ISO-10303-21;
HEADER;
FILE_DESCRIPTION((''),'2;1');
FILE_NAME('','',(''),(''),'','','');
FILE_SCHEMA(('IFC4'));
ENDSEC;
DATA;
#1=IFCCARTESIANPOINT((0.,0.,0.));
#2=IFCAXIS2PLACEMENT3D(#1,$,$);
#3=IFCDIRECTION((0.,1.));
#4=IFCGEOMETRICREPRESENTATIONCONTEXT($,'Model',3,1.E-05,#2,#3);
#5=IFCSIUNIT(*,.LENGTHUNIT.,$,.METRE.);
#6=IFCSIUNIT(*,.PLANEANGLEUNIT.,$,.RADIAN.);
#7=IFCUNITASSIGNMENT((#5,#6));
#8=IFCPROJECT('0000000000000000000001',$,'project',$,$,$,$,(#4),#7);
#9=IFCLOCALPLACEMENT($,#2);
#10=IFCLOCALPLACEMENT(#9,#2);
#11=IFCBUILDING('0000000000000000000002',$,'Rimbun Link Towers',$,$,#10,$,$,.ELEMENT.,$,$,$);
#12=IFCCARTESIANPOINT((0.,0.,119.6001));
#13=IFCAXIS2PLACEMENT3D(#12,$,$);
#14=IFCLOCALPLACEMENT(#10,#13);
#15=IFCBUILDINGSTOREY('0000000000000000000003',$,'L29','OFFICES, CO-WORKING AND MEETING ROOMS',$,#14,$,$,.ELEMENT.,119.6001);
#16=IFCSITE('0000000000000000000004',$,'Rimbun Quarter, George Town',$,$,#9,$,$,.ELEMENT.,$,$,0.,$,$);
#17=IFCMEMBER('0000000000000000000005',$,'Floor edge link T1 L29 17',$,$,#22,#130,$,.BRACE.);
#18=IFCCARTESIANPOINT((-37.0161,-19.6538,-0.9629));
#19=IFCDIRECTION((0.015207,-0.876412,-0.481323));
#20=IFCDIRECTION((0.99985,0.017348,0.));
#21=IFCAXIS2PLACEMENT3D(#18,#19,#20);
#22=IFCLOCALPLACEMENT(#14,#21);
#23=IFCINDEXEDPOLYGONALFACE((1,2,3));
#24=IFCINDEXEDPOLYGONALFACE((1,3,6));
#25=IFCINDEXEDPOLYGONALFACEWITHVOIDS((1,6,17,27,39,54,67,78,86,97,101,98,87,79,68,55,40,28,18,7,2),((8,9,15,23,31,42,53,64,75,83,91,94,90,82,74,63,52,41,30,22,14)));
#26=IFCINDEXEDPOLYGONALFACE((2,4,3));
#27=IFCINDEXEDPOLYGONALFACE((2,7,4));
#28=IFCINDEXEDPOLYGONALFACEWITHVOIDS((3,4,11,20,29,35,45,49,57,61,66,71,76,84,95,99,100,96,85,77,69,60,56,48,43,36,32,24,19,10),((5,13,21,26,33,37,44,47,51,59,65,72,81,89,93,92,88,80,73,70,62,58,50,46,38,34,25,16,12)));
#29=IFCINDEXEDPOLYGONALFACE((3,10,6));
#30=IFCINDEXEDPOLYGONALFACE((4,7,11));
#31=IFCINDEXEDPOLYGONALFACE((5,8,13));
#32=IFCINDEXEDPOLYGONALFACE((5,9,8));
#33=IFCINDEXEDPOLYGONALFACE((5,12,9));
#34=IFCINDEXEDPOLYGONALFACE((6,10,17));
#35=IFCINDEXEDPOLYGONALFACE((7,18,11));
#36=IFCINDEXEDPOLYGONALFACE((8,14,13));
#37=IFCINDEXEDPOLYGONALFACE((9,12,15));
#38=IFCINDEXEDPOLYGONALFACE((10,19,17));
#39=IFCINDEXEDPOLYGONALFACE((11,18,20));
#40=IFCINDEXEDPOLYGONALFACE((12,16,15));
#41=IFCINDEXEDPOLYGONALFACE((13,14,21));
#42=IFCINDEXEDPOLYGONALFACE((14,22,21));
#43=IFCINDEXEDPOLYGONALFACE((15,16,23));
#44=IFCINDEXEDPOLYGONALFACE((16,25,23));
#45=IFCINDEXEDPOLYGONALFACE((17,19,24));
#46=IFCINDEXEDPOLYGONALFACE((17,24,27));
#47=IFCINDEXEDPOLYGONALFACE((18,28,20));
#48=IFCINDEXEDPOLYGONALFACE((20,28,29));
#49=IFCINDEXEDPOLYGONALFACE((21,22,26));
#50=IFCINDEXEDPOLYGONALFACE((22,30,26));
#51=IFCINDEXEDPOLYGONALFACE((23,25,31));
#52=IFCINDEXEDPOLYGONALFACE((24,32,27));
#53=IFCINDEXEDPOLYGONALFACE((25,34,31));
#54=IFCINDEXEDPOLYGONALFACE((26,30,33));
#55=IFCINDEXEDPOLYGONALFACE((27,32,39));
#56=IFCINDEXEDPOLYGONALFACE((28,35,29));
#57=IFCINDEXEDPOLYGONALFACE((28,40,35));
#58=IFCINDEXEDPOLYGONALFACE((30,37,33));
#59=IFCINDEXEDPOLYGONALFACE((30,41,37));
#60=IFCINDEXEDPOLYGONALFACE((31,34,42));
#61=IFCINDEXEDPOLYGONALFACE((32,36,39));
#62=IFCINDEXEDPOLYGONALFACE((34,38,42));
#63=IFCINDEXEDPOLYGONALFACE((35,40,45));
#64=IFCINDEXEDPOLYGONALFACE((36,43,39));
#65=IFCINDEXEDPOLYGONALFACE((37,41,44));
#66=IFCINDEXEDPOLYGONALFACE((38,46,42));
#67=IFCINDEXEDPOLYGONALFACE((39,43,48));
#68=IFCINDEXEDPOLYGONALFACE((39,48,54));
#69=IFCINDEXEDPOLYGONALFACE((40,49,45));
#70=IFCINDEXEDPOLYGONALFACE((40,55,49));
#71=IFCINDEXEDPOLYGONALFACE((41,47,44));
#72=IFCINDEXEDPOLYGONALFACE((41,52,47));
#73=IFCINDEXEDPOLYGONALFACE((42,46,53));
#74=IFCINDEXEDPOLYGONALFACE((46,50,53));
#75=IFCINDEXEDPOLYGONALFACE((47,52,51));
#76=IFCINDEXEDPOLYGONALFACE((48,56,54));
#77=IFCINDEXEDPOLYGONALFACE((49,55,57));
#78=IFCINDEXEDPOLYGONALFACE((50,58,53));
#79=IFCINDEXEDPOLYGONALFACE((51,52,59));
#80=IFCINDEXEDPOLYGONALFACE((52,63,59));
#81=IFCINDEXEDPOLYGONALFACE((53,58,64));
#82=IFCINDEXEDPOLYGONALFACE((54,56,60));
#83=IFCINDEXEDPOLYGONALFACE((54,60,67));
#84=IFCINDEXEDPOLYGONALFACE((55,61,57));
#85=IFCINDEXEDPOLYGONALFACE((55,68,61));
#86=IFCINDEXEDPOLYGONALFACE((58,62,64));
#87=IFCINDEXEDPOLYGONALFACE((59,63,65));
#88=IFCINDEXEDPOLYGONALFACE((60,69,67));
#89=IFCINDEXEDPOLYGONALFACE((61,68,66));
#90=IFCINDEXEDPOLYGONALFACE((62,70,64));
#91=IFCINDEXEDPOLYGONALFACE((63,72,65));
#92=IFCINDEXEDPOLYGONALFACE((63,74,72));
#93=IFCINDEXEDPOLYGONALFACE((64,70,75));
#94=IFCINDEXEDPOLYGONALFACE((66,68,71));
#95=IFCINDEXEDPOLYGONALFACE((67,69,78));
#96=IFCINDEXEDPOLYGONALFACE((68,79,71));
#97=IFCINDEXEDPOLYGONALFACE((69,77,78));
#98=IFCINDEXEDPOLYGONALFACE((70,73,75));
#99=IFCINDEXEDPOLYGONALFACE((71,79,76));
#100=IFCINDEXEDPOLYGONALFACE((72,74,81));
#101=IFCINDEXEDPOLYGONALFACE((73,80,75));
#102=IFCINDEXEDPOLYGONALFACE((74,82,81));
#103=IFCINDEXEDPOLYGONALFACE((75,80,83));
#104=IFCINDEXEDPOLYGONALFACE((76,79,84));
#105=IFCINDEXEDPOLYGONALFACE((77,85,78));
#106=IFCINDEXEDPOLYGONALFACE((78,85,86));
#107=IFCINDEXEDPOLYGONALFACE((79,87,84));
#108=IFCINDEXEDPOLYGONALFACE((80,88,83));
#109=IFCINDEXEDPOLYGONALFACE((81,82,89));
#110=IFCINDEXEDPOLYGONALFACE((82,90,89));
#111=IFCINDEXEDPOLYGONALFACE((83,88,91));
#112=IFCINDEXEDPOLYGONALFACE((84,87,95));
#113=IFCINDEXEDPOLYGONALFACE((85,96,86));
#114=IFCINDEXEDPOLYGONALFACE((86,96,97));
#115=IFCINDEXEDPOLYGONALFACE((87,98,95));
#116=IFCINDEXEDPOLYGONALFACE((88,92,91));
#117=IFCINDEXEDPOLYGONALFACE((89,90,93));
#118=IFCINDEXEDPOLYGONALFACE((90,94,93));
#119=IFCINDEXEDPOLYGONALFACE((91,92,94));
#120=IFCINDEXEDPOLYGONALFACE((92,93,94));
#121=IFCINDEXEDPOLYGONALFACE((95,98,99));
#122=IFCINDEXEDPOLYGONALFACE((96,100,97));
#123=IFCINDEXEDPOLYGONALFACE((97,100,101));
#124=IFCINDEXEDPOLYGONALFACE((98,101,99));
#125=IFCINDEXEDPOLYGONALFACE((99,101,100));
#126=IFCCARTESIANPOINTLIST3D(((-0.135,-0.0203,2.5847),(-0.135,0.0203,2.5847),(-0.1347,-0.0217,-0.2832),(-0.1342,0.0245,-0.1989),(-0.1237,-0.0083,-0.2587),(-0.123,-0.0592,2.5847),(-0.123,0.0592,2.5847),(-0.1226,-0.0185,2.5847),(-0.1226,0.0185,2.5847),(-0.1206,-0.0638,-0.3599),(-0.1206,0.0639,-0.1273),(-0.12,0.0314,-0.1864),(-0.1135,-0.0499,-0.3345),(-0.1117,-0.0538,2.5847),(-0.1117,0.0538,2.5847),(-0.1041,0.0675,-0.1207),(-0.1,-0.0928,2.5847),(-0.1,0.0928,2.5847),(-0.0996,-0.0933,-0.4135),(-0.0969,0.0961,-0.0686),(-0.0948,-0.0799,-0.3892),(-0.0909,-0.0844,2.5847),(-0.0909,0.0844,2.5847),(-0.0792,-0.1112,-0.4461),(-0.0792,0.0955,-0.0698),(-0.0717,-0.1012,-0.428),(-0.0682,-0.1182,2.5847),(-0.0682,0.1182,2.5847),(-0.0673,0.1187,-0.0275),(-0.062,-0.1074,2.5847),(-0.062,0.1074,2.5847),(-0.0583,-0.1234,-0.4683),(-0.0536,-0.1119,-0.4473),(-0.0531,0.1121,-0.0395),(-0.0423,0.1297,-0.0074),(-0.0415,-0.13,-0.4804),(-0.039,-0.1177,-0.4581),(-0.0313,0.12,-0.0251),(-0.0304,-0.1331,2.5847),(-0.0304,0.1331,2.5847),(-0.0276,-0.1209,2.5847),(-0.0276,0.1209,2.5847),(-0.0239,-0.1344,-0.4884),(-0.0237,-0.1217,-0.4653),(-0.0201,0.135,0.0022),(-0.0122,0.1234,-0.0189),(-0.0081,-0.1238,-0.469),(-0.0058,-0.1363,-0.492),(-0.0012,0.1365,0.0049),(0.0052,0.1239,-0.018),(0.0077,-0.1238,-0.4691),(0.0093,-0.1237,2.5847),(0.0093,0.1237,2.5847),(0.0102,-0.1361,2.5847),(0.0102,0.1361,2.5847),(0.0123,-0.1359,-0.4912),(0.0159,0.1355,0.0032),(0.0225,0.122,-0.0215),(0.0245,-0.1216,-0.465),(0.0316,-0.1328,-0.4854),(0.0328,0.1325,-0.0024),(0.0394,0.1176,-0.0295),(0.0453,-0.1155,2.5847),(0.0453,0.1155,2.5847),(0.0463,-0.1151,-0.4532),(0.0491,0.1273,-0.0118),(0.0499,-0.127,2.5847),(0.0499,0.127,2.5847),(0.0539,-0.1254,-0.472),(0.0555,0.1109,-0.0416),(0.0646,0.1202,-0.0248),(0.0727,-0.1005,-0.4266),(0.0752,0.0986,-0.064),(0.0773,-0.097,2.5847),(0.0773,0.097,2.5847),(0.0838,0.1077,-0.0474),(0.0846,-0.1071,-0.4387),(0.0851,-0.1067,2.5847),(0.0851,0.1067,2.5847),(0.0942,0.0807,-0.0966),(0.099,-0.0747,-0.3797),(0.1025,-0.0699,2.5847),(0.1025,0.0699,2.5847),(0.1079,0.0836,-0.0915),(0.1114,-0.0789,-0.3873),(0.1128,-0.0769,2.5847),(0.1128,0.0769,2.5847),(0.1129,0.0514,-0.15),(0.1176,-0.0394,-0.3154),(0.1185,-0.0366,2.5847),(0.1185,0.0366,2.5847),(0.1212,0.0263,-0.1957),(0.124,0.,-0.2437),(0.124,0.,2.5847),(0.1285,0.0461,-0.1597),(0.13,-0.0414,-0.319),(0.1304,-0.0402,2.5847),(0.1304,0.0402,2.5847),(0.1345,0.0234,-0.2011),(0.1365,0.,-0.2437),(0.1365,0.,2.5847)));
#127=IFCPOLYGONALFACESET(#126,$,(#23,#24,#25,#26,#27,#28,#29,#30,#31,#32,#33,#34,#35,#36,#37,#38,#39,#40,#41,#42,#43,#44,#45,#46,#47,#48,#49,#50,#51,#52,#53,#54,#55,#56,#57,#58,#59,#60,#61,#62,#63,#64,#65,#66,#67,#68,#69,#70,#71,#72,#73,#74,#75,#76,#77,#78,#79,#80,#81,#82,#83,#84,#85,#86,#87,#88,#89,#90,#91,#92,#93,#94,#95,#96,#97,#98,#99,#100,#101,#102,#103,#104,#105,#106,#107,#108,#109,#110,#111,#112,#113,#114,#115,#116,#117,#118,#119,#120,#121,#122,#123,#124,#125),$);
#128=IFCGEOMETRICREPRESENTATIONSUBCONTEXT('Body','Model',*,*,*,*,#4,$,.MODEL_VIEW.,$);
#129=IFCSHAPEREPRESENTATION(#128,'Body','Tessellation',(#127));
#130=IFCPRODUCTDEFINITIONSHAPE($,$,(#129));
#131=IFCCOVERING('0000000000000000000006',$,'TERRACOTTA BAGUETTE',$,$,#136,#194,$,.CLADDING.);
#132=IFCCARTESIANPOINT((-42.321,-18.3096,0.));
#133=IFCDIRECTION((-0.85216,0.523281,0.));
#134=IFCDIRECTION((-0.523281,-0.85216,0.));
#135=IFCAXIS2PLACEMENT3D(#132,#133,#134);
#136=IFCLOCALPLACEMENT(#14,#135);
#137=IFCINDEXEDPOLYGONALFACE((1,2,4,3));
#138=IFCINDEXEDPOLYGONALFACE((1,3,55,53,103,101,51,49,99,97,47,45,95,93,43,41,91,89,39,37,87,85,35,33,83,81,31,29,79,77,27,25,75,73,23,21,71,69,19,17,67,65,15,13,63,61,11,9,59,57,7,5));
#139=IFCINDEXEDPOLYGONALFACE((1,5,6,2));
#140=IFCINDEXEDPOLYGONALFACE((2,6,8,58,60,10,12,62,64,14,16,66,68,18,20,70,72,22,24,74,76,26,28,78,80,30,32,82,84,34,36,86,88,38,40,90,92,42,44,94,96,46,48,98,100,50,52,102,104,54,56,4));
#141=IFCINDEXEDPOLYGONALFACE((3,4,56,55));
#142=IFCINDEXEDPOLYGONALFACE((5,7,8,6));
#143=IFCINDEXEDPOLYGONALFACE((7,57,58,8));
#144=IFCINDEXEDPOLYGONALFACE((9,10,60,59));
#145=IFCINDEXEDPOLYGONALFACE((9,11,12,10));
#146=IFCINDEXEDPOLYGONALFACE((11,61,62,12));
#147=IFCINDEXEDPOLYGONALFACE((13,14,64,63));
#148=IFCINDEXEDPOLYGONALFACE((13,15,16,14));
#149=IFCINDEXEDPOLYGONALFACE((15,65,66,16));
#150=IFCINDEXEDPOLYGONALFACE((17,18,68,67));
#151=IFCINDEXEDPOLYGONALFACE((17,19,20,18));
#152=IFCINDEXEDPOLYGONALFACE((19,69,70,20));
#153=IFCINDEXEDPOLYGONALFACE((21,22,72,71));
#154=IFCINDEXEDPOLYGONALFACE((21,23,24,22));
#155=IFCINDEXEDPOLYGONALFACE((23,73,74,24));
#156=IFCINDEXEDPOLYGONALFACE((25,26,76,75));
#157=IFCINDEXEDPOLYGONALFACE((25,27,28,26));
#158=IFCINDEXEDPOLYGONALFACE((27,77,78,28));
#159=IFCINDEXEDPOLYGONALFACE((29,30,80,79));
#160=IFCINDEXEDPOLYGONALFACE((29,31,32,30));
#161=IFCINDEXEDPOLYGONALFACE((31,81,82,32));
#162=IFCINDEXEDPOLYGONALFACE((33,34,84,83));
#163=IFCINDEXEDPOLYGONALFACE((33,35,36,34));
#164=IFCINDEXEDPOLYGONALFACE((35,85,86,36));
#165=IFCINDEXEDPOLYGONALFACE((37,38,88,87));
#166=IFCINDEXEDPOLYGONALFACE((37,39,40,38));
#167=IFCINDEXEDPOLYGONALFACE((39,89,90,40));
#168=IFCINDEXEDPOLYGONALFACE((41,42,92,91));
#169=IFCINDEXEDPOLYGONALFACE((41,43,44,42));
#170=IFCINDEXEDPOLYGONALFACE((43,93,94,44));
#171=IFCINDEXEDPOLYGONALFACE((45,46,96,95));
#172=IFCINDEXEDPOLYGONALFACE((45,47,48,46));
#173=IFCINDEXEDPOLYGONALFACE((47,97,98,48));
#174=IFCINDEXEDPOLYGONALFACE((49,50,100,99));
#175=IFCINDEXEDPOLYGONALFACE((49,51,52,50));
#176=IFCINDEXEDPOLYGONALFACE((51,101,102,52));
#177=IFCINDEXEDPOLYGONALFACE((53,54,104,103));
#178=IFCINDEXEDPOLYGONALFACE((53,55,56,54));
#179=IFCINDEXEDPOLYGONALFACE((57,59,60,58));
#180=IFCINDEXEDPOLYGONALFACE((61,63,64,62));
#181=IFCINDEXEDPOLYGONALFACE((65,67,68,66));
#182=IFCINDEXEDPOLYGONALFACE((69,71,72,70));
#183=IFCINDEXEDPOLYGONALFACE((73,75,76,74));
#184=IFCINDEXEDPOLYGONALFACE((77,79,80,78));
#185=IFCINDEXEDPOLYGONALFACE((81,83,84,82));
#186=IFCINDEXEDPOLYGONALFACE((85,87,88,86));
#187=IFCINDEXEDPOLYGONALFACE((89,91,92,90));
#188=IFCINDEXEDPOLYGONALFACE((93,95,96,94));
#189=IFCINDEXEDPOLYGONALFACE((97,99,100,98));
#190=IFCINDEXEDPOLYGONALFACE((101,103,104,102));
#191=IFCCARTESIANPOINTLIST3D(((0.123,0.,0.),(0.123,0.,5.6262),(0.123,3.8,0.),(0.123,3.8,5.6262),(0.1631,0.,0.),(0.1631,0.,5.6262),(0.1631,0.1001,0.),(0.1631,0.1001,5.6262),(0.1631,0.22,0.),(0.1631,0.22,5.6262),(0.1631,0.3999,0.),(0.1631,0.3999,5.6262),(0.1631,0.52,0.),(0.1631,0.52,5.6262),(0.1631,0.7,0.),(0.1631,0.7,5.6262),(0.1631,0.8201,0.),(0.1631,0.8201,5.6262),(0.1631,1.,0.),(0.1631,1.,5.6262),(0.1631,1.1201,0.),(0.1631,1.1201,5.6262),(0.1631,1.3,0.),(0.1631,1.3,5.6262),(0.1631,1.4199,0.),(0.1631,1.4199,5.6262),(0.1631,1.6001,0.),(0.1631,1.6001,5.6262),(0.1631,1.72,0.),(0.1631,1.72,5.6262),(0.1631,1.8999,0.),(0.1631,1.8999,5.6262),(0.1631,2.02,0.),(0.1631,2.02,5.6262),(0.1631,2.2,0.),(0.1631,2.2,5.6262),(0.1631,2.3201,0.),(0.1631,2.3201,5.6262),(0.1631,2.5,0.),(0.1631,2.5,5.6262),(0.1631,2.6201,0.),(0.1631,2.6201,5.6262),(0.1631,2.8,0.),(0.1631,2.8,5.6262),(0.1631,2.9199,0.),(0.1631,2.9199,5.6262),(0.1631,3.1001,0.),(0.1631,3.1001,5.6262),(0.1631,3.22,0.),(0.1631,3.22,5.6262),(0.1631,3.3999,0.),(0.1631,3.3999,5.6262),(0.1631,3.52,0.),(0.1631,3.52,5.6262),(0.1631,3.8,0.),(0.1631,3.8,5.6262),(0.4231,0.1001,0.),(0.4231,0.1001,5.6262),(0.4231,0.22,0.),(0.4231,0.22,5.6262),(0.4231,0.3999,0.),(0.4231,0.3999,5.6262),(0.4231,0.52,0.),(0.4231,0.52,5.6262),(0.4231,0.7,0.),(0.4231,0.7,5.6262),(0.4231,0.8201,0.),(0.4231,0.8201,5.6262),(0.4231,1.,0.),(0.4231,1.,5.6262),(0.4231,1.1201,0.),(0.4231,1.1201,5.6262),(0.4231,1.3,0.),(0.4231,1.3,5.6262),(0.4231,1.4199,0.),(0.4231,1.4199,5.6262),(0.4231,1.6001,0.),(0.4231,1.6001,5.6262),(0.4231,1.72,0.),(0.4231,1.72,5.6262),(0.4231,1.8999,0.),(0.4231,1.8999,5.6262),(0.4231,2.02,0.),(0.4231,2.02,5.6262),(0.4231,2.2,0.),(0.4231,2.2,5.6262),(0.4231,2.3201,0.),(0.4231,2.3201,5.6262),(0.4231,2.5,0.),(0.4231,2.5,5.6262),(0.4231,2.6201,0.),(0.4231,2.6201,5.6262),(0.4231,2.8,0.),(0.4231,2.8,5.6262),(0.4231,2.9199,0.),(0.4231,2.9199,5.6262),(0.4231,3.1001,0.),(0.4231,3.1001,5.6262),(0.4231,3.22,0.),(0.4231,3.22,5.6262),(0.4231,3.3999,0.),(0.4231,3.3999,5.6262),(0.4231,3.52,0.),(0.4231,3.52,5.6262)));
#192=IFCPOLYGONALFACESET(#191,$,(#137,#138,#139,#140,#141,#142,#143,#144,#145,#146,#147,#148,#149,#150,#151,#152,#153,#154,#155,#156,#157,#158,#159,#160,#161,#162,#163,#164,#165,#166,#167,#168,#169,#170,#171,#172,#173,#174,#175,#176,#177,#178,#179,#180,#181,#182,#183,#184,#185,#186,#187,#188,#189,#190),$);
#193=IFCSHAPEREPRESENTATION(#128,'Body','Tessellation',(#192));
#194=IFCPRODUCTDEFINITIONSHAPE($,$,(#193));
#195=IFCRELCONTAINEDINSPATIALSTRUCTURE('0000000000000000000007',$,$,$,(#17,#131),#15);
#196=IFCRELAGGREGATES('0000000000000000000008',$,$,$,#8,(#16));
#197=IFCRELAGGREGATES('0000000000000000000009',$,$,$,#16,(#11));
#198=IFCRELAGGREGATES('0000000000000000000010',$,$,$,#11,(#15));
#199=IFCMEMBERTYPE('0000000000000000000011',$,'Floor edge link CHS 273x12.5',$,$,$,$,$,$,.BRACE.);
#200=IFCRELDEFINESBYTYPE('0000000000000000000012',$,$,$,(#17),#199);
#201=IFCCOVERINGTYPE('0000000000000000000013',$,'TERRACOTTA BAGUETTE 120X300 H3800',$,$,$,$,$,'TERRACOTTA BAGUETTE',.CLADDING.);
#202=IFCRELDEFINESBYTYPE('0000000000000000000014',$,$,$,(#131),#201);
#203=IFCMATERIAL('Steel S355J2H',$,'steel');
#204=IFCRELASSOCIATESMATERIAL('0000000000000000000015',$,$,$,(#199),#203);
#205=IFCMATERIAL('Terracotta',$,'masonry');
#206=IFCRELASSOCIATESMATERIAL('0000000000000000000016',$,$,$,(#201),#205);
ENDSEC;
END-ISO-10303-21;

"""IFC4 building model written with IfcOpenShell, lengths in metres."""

from ifc_helpers import new_model, si_unit, direction, frame, origin, origin_2d, place, context, subcontext, project, spatial, polyline, hollow_circle, outline, extrude, clip, halfspace, material, material_profile, profile_set, type_object, element, save


model = new_model("IFC4")

# Units and contexts
model_context = context("Model", 3, precision=1e-05, world=origin(), true_north=direction((0.0, 1.0)))
body_context = subcontext(model_context, "Body", "Model", "MODEL_VIEW")
ifc_project = project(units=[si_unit("LENGTHUNIT", "METRE"), si_unit("PLANEANGLEUNIT", "RADIAN")], contexts=[model_context])

# Site, building, storey
site_placement = place(None, origin())
site = spatial("IfcSite", under=ifc_project, at=site_placement, Name="Rimbun Quarter, George Town", CompositionType="ELEMENT", RefElevation=0.0)
building_placement = place(site_placement, origin())
building = spatial("IfcBuilding", under=site, at=building_placement, Name="Rimbun Link Towers", CompositionType="ELEMENT")
storey_placement = place(building_placement, frame((0.0, 0.0, 119.6001)))
storey = spatial("IfcBuildingStorey", under=building, at=storey_placement, Name="L29", Description="OFFICES, CO-WORKING AND MEETING ROOMS", CompositionType="ELEMENT", Elevation=119.6001)

# Member
ifc_material_1 = material(Name="Steel S355J2H", Category="steel")
ifc_material_profile_1 = material_profile(ifc_material_1, hollow_circle(Radius=0.1365, WallThickness=0.0125, at=origin_2d()), Name="CHS 273x12.5")
ifc_profile_set_1 = profile_set([ifc_material_profile_1], Name="Steel S355J2H")
member_type_1 = type_object("IfcMemberType", Name="Floor edge link CHS 273x12.5", PredefinedType="BRACE", material=ifc_profile_set_1)
member_1_placement = place(storey_placement, frame((-37.0161, -19.6538, -0.9629), z_axis=(0.015207, -0.876412, -0.481323), x_axis=(0.99985, 0.017348, 0.0)))
element("IfcMember", 1, at=member_1_placement, inside=storey, type_object=member_type_1, Name="Floor edge link T1 L29 17", PredefinedType="BRACE", context=body_context, shape_type="Clipping", body=[
    clip(extrude(hollow_circle(Radius=0.1365, WallThickness=0.0125, at=origin_2d()), frame((0.0, 0.0, -0.5181)), (0.0, 0.0, 1.0), 3.1028), halfspace(frame((0.0, 0.0, -0.2437), z_axis=(0.0, 0.876543, -0.481323)), False)),
])

# Covering
ifc_material_2 = material(Name="Terracotta", Category="masonry")
ifc_material_profile_2 = material_profile(ifc_material_2, outline(polyline([(0.123, 0.0), (0.1631, 0.0), (0.1631, 0.1001), (0.4231, 0.1001), (0.4231, 0.22), (0.1631, 0.22), (0.1631, 0.3999), (0.4231, 0.3999), (0.4231, 0.52), (0.1631, 0.52), (0.1631, 0.7), (0.4231, 0.7), (0.4231, 0.8201), (0.1631, 0.8201), (0.1631, 1.0), (0.4231, 1.0), (0.4231, 1.1201), (0.1631, 1.1201), (0.1631, 1.3), (0.4231, 1.3), (0.4231, 1.4199), (0.1631, 1.4199), (0.1631, 1.6001), (0.4231, 1.6001), (0.4231, 1.72), (0.1631, 1.72), (0.1631, 1.8999), (0.4231, 1.8999), (0.4231, 2.02), (0.1631, 2.02), (0.1631, 2.2), (0.4231, 2.2), (0.4231, 2.3201), (0.1631, 2.3201), (0.1631, 2.5), (0.4231, 2.5), (0.4231, 2.6201), (0.1631, 2.6201), (0.1631, 2.8), (0.4231, 2.8), (0.4231, 2.9199), (0.1631, 2.9199), (0.1631, 3.1001), (0.4231, 3.1001), (0.4231, 3.22), (0.1631, 3.22), (0.1631, 3.3999), (0.4231, 3.3999), (0.4231, 3.52), (0.1631, 3.52), (0.1631, 3.8), (0.123, 3.8), (0.123, 0.0)])), Name="BAGUETTE 120X300")
ifc_profile_set_2 = profile_set([ifc_material_profile_2], Name="Terracotta")
covering_type = type_object("IfcCoveringType", Name="TERRACOTTA BAGUETTE 120X300 H3800", ElementType="TERRACOTTA BAGUETTE", PredefinedType="CLADDING", material=ifc_profile_set_2)
covering_1_placement = place(storey_placement, frame((-42.321, -18.3096, 0.0), z_axis=(-0.85216, 0.523281, 0.0), x_axis=(-0.523281, -0.85216, 0.0)))
element("IfcCovering", 2, at=covering_1_placement, inside=storey, type_object=covering_type, Name="TERRACOTTA BAGUETTE", PredefinedType="CLADDING", context=body_context, shape_type="SweptSolid", body=[
    extrude(outline(polyline([(0.123, 0.0), (0.1631, 0.0), (0.1631, 0.1001), (0.4231, 0.1001), (0.4231, 0.22), (0.1631, 0.22), (0.1631, 0.3999), (0.4231, 0.3999), (0.4231, 0.52), (0.1631, 0.52), (0.1631, 0.7), (0.4231, 0.7), (0.4231, 0.8201), (0.1631, 0.8201), (0.1631, 1.0), (0.4231, 1.0), (0.4231, 1.1201), (0.1631, 1.1201), (0.1631, 1.3), (0.4231, 1.3), (0.4231, 1.4199), (0.1631, 1.4199), (0.1631, 1.6001), (0.4231, 1.6001), (0.4231, 1.72), (0.1631, 1.72), (0.1631, 1.8999), (0.4231, 1.8999), (0.4231, 2.02), (0.1631, 2.02), (0.1631, 2.2), (0.4231, 2.2), (0.4231, 2.3201), (0.1631, 2.3201), (0.1631, 2.5), (0.4231, 2.5), (0.4231, 2.6201), (0.1631, 2.6201), (0.1631, 2.8), (0.4231, 2.8), (0.4231, 2.9199), (0.1631, 2.9199), (0.1631, 3.1001), (0.4231, 3.1001), (0.4231, 3.22), (0.1631, 3.22), (0.1631, 3.3999), (0.4231, 3.3999), (0.4231, 3.52), (0.1631, 3.52), (0.1631, 3.8), (0.123, 3.8), (0.123, 0.0)])), origin(), (0.0, 0.0, 1.0), 5.6262),
])

save(model, "model.ifc")
